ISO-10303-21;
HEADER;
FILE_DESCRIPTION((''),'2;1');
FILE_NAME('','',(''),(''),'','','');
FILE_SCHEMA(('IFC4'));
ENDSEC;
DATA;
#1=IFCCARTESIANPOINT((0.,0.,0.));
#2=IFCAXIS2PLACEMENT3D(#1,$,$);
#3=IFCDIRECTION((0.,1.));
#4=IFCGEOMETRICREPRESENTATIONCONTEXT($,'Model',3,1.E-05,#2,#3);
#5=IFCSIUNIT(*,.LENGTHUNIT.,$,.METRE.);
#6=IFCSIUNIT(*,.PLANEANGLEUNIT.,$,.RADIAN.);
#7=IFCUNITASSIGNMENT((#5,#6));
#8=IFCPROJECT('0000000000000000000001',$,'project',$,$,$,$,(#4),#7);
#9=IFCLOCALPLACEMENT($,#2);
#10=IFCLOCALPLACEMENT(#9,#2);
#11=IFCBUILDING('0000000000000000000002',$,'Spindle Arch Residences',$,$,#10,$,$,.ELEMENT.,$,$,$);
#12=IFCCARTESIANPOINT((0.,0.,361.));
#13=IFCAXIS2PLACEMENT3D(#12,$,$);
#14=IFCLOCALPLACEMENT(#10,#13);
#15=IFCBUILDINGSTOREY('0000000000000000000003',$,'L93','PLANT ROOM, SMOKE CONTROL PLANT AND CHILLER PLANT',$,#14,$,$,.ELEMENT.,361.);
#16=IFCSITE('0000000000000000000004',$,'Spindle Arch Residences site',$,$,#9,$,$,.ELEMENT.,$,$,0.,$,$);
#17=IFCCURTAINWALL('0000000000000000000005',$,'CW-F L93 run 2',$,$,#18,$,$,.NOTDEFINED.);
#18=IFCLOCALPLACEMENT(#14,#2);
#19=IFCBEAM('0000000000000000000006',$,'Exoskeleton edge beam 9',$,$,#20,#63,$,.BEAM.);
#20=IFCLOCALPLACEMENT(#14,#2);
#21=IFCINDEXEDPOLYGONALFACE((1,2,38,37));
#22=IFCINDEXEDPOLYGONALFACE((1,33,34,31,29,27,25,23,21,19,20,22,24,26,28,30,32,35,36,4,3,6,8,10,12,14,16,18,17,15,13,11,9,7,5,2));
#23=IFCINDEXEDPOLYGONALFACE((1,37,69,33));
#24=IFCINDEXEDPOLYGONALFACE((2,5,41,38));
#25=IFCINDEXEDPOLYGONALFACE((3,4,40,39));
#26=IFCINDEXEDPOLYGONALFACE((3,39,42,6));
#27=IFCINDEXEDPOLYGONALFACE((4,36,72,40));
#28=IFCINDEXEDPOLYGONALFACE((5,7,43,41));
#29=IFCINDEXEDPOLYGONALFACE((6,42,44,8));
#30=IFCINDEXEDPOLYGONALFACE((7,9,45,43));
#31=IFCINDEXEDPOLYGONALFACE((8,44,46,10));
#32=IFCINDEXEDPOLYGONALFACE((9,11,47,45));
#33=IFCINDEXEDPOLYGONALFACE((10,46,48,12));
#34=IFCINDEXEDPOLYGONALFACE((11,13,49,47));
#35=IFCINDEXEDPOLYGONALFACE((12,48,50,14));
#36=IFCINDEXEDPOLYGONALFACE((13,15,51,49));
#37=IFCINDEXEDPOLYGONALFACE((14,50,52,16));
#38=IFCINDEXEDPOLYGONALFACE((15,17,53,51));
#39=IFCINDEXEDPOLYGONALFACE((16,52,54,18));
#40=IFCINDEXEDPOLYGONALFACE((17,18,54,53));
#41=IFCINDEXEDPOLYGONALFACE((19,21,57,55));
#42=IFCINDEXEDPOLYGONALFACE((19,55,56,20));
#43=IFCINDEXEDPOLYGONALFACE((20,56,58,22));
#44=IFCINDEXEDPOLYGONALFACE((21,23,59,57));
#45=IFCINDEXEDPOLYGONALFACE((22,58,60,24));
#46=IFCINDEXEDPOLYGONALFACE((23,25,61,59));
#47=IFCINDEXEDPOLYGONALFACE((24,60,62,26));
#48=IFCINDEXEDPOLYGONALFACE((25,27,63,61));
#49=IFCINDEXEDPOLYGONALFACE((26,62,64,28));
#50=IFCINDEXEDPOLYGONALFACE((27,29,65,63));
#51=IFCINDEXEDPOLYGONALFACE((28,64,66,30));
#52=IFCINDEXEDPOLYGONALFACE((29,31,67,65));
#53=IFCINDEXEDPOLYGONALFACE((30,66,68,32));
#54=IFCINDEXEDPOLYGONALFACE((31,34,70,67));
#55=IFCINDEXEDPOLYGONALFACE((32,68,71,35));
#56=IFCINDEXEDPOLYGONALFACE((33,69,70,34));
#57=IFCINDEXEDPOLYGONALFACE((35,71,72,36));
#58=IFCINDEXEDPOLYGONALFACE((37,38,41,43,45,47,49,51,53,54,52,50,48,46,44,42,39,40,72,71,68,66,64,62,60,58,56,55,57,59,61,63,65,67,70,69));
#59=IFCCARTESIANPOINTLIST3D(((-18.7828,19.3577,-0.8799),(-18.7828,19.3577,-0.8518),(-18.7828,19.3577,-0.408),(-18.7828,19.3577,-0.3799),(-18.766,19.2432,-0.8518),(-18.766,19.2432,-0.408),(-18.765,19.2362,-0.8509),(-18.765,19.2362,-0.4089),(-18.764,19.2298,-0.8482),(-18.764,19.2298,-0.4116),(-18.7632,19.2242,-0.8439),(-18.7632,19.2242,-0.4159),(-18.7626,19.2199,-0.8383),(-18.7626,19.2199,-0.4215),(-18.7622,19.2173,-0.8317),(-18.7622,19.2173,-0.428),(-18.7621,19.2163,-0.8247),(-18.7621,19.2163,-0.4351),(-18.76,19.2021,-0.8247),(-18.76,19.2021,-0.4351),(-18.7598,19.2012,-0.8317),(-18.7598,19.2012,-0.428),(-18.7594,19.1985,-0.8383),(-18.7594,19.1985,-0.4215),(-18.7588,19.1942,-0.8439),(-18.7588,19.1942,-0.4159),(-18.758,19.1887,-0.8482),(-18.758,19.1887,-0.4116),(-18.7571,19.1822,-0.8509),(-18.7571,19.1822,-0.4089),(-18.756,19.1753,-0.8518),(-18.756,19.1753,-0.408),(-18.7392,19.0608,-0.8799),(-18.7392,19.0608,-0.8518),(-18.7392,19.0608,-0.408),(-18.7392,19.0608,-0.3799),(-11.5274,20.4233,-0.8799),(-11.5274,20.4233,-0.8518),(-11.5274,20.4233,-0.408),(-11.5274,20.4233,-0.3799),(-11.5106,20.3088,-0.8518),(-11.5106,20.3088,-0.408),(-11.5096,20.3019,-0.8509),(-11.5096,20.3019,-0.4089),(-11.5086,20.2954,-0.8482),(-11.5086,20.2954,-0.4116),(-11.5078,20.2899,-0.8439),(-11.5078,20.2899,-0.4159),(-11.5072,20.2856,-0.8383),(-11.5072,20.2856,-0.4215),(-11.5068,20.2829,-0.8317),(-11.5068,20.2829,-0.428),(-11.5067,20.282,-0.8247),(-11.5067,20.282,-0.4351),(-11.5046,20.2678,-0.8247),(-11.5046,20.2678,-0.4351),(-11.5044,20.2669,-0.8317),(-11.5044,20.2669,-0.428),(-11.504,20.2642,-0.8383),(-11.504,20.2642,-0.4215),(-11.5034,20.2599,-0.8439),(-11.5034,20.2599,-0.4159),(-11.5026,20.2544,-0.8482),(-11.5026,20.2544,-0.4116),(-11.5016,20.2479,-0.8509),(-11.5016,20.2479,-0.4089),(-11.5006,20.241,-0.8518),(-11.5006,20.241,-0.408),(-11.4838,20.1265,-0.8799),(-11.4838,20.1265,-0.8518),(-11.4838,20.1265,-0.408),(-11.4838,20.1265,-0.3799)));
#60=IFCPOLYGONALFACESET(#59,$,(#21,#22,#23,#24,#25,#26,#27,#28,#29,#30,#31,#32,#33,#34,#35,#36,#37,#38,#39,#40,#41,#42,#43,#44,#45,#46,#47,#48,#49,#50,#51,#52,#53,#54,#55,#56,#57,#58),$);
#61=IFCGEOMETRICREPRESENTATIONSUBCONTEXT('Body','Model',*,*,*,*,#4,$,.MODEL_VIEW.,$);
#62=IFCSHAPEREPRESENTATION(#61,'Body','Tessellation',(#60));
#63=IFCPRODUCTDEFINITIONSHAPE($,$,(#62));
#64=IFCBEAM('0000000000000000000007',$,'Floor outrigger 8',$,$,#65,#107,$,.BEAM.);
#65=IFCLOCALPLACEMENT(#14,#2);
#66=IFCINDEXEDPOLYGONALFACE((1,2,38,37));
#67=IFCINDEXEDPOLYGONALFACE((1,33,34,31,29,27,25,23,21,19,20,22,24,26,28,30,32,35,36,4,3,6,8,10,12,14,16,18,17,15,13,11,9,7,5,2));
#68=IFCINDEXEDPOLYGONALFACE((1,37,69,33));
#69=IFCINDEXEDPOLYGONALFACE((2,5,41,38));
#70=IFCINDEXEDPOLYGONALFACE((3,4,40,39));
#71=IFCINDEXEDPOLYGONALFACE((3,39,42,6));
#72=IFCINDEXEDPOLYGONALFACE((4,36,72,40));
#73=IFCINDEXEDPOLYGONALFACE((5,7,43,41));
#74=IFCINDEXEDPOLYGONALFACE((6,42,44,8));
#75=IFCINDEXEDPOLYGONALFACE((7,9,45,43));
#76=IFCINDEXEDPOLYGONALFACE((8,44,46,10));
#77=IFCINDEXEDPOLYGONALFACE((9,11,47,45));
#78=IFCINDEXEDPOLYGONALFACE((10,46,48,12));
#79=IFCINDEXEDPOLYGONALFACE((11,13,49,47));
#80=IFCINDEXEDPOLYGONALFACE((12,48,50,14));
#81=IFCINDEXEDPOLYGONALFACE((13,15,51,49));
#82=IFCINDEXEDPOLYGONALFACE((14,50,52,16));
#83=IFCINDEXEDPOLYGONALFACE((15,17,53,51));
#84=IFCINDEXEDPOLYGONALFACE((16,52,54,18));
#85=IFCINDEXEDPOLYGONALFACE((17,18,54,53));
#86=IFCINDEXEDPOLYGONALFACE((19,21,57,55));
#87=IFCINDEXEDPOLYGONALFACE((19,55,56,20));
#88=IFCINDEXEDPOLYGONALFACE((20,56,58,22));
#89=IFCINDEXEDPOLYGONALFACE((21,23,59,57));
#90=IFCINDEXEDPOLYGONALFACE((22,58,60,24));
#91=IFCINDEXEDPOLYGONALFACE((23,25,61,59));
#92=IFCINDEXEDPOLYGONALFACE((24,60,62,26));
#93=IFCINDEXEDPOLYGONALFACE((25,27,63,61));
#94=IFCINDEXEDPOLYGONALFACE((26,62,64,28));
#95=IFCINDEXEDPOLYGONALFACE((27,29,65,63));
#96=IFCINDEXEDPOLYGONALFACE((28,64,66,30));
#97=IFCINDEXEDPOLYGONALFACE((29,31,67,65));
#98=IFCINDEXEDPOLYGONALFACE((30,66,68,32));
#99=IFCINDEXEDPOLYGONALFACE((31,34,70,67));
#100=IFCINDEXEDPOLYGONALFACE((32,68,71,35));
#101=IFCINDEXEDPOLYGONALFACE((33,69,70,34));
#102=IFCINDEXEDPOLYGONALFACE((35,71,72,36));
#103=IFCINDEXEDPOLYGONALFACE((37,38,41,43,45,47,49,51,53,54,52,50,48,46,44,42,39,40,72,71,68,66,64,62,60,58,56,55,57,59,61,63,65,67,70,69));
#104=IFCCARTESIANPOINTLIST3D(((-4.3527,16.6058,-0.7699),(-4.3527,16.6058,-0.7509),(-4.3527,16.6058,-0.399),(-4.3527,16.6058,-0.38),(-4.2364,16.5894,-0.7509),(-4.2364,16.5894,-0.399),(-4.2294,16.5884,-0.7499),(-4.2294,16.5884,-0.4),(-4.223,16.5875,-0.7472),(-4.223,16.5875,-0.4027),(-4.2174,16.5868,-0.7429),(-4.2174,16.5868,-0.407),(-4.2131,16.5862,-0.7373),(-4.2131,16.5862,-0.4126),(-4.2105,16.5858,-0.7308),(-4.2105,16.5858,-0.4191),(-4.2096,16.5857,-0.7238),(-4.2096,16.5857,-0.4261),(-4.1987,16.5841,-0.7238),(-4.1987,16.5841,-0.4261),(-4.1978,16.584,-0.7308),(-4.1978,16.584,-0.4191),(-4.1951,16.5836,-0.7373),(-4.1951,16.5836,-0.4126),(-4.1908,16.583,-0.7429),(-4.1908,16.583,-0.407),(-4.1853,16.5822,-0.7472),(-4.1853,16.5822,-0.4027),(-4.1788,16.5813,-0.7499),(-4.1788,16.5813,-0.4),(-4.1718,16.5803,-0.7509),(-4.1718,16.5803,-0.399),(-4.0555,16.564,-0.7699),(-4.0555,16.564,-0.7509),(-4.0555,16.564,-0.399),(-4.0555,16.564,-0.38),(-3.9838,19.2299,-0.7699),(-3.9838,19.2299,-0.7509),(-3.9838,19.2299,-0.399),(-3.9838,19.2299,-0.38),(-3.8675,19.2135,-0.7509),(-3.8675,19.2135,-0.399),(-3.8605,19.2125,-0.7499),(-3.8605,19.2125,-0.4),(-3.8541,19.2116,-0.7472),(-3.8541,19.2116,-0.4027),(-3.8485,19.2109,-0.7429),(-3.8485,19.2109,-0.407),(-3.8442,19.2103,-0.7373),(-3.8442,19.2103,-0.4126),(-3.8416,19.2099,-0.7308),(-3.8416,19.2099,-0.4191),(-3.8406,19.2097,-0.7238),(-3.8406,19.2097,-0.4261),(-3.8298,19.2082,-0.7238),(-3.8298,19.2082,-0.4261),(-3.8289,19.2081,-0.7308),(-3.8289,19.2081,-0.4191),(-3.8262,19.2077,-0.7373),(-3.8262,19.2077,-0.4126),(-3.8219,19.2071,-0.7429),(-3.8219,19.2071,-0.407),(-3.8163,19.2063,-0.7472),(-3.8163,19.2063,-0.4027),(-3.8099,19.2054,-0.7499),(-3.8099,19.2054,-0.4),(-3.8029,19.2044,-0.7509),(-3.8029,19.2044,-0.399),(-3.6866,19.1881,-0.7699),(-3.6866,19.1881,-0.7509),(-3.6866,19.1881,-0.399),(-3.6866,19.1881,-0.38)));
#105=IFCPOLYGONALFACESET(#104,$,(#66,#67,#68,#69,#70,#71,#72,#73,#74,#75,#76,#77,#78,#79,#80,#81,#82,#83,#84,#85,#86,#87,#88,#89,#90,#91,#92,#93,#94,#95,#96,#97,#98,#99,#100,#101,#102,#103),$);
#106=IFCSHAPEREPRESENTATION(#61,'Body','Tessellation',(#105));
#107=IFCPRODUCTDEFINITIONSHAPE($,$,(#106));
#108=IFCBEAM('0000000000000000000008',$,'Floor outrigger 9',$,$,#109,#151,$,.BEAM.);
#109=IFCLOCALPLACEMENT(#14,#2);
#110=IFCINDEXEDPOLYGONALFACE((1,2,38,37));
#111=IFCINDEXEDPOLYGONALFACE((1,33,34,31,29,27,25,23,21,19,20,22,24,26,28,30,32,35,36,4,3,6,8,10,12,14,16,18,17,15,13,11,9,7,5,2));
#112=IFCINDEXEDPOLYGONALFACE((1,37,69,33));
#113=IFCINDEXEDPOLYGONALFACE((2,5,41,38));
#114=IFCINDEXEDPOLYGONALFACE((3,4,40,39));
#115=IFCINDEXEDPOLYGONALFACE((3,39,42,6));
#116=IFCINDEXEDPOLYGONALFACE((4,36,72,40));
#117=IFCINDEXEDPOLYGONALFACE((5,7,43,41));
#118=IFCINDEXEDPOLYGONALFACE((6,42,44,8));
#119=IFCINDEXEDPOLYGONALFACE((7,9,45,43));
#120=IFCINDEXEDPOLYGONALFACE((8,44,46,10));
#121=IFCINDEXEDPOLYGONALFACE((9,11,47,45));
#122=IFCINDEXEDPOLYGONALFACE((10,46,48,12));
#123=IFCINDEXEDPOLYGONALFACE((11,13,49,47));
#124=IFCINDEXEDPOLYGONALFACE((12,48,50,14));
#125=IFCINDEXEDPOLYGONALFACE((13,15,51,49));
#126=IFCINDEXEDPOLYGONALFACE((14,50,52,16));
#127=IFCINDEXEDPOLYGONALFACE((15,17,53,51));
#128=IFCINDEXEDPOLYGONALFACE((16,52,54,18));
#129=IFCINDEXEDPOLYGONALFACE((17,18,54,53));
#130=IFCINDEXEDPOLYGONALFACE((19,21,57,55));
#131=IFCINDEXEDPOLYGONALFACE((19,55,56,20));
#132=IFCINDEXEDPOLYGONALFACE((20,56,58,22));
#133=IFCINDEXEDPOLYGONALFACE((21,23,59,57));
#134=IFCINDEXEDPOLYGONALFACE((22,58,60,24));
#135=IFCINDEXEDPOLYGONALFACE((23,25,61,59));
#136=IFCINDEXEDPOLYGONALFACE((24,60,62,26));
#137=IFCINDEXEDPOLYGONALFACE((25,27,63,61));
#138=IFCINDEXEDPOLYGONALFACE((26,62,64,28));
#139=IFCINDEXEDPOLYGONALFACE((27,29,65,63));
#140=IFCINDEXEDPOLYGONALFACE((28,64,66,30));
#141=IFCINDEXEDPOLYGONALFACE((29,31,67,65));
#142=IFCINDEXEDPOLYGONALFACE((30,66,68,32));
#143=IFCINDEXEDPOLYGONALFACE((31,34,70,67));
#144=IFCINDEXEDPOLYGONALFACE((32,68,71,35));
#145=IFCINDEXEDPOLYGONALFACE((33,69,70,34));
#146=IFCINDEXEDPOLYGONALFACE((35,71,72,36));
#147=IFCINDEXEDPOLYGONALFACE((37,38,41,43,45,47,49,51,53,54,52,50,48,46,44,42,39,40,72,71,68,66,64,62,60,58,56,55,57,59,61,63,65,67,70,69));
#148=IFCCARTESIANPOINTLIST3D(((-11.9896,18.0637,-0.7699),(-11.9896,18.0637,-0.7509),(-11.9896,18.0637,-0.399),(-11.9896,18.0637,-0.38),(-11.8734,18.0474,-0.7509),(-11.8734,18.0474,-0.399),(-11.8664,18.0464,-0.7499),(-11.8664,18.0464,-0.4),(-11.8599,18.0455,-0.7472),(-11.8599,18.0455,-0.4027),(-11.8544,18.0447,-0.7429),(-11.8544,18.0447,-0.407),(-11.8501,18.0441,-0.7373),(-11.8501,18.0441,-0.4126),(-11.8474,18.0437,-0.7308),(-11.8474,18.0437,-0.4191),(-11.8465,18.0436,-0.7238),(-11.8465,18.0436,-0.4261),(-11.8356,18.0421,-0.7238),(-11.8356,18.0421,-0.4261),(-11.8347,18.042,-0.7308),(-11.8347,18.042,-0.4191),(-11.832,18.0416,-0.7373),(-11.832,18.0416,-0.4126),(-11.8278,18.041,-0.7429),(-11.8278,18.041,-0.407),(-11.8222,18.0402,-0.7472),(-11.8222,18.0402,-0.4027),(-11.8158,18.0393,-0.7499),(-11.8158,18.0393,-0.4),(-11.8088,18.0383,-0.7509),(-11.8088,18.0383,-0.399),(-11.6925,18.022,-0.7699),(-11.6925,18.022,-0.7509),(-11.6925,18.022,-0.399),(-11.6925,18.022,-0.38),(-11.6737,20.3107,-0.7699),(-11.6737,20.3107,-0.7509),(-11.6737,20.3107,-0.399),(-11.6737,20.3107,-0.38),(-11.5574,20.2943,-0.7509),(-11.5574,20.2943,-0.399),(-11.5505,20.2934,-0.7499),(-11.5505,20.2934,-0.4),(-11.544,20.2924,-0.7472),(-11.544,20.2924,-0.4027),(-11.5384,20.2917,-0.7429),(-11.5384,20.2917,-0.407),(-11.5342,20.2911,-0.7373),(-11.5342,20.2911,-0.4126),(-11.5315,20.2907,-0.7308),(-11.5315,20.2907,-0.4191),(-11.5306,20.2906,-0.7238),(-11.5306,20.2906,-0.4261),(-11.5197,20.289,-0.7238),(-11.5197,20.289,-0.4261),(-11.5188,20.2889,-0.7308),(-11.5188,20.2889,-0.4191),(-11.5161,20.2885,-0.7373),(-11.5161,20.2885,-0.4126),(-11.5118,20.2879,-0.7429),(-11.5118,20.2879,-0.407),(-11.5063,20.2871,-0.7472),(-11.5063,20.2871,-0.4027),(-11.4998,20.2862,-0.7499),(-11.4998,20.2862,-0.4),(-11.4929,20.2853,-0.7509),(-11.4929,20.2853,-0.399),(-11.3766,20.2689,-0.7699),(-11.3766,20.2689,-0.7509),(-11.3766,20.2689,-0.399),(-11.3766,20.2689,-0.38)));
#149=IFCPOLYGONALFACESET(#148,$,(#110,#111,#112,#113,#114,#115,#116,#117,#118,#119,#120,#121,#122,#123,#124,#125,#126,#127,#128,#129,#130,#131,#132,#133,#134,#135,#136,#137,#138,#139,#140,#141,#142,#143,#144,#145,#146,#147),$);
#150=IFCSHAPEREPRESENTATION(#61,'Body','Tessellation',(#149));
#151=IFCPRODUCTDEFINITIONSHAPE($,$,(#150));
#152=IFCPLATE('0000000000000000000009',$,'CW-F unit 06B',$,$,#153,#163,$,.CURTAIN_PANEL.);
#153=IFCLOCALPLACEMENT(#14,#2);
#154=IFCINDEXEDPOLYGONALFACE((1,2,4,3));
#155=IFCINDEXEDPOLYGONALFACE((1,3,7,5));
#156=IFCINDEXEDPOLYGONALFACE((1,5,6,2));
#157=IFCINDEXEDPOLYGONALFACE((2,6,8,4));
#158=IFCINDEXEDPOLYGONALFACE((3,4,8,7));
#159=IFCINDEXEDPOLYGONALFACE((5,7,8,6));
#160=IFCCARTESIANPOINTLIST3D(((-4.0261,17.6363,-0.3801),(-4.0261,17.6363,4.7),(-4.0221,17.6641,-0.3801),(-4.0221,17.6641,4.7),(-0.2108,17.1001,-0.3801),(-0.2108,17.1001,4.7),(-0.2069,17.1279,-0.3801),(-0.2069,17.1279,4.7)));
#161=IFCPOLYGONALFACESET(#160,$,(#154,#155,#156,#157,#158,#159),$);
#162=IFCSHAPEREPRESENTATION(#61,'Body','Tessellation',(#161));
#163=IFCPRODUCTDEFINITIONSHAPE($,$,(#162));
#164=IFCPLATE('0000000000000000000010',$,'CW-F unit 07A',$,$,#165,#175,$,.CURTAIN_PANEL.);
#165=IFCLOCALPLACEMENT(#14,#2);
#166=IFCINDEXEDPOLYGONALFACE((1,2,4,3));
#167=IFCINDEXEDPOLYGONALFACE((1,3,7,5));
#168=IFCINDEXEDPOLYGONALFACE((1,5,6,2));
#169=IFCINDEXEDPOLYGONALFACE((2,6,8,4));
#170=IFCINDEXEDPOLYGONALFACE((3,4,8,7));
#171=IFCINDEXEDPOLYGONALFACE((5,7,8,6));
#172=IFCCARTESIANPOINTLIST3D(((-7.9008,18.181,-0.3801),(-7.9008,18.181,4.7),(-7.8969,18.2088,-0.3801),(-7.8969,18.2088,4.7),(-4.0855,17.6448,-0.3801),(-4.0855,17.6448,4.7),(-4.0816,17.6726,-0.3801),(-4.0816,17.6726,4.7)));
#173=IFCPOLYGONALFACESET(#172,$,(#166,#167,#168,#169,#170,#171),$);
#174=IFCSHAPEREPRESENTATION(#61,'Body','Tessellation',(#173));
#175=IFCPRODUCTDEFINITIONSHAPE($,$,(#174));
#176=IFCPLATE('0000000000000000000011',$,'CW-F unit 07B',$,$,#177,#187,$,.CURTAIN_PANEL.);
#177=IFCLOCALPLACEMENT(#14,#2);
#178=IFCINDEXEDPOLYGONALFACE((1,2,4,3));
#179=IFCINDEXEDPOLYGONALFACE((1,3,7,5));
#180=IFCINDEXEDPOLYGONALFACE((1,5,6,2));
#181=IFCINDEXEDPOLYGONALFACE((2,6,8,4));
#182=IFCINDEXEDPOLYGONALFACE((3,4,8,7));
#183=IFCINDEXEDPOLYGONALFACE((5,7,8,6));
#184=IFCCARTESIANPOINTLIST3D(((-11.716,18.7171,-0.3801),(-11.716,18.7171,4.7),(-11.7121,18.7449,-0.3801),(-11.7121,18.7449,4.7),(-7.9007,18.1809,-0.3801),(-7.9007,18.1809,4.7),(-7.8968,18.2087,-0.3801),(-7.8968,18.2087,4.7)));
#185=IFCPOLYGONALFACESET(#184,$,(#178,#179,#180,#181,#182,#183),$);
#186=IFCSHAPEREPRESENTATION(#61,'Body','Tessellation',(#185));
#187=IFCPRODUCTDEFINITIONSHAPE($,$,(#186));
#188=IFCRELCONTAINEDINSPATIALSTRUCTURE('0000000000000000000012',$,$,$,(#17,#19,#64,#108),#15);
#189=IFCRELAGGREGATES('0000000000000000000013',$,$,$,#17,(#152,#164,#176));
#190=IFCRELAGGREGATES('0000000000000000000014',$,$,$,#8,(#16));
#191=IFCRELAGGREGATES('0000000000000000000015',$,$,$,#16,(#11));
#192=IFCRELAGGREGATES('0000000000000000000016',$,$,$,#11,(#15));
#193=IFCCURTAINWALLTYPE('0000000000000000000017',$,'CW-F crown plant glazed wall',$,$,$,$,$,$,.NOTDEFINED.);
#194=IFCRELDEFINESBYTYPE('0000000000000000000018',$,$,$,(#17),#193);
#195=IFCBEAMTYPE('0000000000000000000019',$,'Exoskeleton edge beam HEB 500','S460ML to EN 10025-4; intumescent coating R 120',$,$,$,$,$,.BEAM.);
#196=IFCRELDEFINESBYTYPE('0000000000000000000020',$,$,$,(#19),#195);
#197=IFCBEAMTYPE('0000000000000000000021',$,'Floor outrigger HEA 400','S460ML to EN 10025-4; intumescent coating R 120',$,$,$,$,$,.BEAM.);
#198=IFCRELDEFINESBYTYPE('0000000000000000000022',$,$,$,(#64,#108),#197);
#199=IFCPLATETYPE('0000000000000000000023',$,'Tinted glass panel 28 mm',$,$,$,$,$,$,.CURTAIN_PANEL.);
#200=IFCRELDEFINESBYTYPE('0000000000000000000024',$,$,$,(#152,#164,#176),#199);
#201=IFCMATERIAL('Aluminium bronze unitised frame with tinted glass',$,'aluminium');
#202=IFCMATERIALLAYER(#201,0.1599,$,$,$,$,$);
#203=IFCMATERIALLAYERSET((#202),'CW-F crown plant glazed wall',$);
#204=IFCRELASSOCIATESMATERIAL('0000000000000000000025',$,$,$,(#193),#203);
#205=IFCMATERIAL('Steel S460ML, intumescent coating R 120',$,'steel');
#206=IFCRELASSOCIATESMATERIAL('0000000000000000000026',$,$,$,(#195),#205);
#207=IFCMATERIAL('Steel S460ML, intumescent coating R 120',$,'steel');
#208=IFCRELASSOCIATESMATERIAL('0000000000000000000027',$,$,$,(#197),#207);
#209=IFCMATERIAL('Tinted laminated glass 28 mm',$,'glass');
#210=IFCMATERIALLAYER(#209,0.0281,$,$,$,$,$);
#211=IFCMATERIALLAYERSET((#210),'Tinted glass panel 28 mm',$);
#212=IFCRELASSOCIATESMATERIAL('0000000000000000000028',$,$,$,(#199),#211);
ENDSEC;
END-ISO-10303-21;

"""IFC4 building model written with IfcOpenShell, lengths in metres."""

from ifc_helpers import new_model, si_unit, direction, frame, origin, origin_2d, place, context, subcontext, project, spatial, rectangle, i_section, extrude, material, layer, layer_set, material_profile, profile_set, type_object, element, aggregate, save


model = new_model("IFC4")

# Units and contexts
model_context = context("Model", 3, precision=1e-05, world=origin(), true_north=direction((0.0, 1.0)))
body_context = subcontext(model_context, "Body", "Model", "MODEL_VIEW")
ifc_project = project(units=[si_unit("LENGTHUNIT", "METRE"), si_unit("PLANEANGLEUNIT", "RADIAN")], contexts=[model_context])

# Site, building, storey
site_placement = place(None, origin())
site = spatial("IfcSite", under=ifc_project, at=site_placement, Name="Spindle Arch Residences site", CompositionType="ELEMENT", RefElevation=0.0)
building_placement = place(site_placement, origin())
building = spatial("IfcBuilding", under=site, at=building_placement, Name="Spindle Arch Residences", CompositionType="ELEMENT")
storey_placement = place(building_placement, frame((0.0, 0.0, 361.0)))
storey = spatial("IfcBuildingStorey", under=building, at=storey_placement, Name="L93", Description="PLANT ROOM, SMOKE CONTROL PLANT AND CHILLER PLANT", CompositionType="ELEMENT", Elevation=361.0)

# Curtain wall
ifc_material_1 = material(Name="Aluminium bronze unitised frame with tinted glass", Category="aluminium")
ifc_layer_1 = layer(ifc_material_1, 0.1599)
ifc_layer_set_1 = layer_set([ifc_layer_1], Name="CW-F crown plant glazed wall")
curtain_wall_type = type_object("IfcCurtainWallType", Name="CW-F crown plant glazed wall", PredefinedType="NOTDEFINED", material=ifc_layer_set_1)
curtain_wall_1_placement = place(storey_placement, origin())
curtain_wall_1 = element("IfcCurtainWall", 1, at=curtain_wall_1_placement, inside=storey, type_object=curtain_wall_type, Name="CW-F L93 run 2", PredefinedType="NOTDEFINED")

# Beams
ifc_material_2 = material(Name="Steel S460ML, intumescent coating R 120", Category="steel")
ifc_material_profile_1 = material_profile(ifc_material_2, i_section(OverallWidth=0.3, OverallDepth=0.5, WebThickness=0.0144, FlangeThickness=0.0281, FilletRadius=0.0271, at=origin_2d()), Name="HEB 500")
ifc_profile_set_1 = profile_set([ifc_material_profile_1], Name="Steel S460ML, intumescent coating R 120")
beam_type_1 = type_object("IfcBeamType", Name="Exoskeleton edge beam HEB 500", Description="S460ML to EN 10025-4; intumescent coating R 120", PredefinedType="BEAM", material=ifc_profile_set_1)
beam_1_placement = place(storey_placement, frame((-11.5056, 20.2749, -0.6299), z_axis=(-0.989384, -0.145321, 0.0), x_axis=(0.145321, -0.989384, 0.0)))
element("IfcBeam", 2, at=beam_1_placement, inside=storey, type_object=beam_type_1, Name="Exoskeleton edge beam 9", PredefinedType="BEAM", context=body_context, shape_type="SweptSolid", body=[
    extrude(i_section(OverallWidth=0.3, OverallDepth=0.5, WebThickness=0.0144, FlangeThickness=0.0281, FilletRadius=0.0271, at=origin_2d()), origin(), (0.0, 0.0, 1.0), 7.3333),
])
ifc_material_3 = material(Name="Steel S460ML, intumescent coating R 120", Category="steel")
ifc_material_profile_2 = material_profile(ifc_material_3, i_section(OverallWidth=0.3, OverallDepth=0.3899, WebThickness=0.011, FlangeThickness=0.019, FilletRadius=0.0271, at=origin_2d()), Name="HEA 400")
ifc_profile_set_2 = profile_set([ifc_material_profile_2], Name="Steel S460ML, intumescent coating R 120")
beam_type_2 = type_object("IfcBeamType", Name="Floor outrigger HEA 400", Description="S460ML to EN 10025-4; intumescent coating R 120", PredefinedType="BEAM", material=ifc_profile_set_2)
beam_2_placement = place(storey_placement, frame((-3.8352, 19.209, -0.575), z_axis=(-0.139215, -0.990262, 0.0), x_axis=(0.990262, -0.139215, 0.0)))
element("IfcBeam", 3, at=beam_2_placement, inside=storey, type_object=beam_type_2, Name="Floor outrigger 8", PredefinedType="BEAM", context=body_context, shape_type="SweptSolid", body=[
    extrude(i_section(OverallWidth=0.3, OverallDepth=0.3899, WebThickness=0.011, FlangeThickness=0.019, FilletRadius=0.0271, at=origin_2d()), origin(), (0.0, 0.0, 1.0), 2.6499),
])
beam_3_placement = place(storey_placement, frame((-11.5251, 20.2898, -0.575), z_axis=(-0.139237, -0.990259, 0.0), x_axis=(0.990259, -0.139237, 0.0)))
element("IfcBeam", 4, at=beam_3_placement, inside=storey, type_object=beam_type_2, Name="Floor outrigger 9", PredefinedType="BEAM", context=body_context, shape_type="SweptSolid", body=[
    extrude(i_section(OverallWidth=0.3, OverallDepth=0.3899, WebThickness=0.011, FlangeThickness=0.019, FilletRadius=0.0271, at=origin_2d()), origin(), (0.0, 0.0, 1.0), 2.269),
])

# Plates
ifc_material_4 = material(Name="Tinted laminated glass 28 mm", Category="glass")
ifc_layer_2 = layer(ifc_material_4, 0.0281)
ifc_layer_set_2 = layer_set([ifc_layer_2], Name="Tinted glass panel 28 mm")
plate_type = type_object("IfcPlateType", Name="Tinted glass panel 28 mm", PredefinedType="CURTAIN_PANEL", material=ifc_layer_set_2)
plate_1_placement = place(storey_placement, frame((-2.1165, 17.3821, -0.3801), z_axis=(0.0, 0.0, 1.0), x_axis=(-0.990268, 0.139173, 0.0)))
plate_1 = element("IfcPlate", 5, at=plate_1_placement, type_object=plate_type, Name="CW-F unit 06B", PredefinedType="CURTAIN_PANEL", context=body_context, shape_type="SweptSolid", body=[
    extrude(rectangle(XDim=3.8528, YDim=0.0281, at=origin_2d()), origin(), (0.0, 0.0, 1.0), 5.0801),
])
plate_2_placement = place(storey_placement, frame((-5.9912, 17.9268, -0.3801), z_axis=(0.0, 0.0, 1.0), x_axis=(-0.990268, 0.139173, 0.0)))
plate_2 = element("IfcPlate", 6, at=plate_2_placement, type_object=plate_type, Name="CW-F unit 07A", PredefinedType="CURTAIN_PANEL", context=body_context, shape_type="SweptSolid", body=[
    extrude(rectangle(XDim=3.8528, YDim=0.0281, at=origin_2d()), origin(), (0.0, 0.0, 1.0), 5.0801),
])
plate_3_placement = place(storey_placement, frame((-9.8064, 18.4629, -0.3801), z_axis=(0.0, 0.0, 1.0), x_axis=(-0.990268, 0.139173, 0.0)))
plate_3 = element("IfcPlate", 7, at=plate_3_placement, type_object=plate_type, Name="CW-F unit 07B", PredefinedType="CURTAIN_PANEL", context=body_context, shape_type="SweptSolid", body=[
    extrude(rectangle(XDim=3.8528, YDim=0.0281, at=origin_2d()), origin(), (0.0, 0.0, 1.0), 5.0801),
])
aggregate(curtain_wall_1, [plate_1, plate_2, plate_3])

save(model, "model.ifc")
